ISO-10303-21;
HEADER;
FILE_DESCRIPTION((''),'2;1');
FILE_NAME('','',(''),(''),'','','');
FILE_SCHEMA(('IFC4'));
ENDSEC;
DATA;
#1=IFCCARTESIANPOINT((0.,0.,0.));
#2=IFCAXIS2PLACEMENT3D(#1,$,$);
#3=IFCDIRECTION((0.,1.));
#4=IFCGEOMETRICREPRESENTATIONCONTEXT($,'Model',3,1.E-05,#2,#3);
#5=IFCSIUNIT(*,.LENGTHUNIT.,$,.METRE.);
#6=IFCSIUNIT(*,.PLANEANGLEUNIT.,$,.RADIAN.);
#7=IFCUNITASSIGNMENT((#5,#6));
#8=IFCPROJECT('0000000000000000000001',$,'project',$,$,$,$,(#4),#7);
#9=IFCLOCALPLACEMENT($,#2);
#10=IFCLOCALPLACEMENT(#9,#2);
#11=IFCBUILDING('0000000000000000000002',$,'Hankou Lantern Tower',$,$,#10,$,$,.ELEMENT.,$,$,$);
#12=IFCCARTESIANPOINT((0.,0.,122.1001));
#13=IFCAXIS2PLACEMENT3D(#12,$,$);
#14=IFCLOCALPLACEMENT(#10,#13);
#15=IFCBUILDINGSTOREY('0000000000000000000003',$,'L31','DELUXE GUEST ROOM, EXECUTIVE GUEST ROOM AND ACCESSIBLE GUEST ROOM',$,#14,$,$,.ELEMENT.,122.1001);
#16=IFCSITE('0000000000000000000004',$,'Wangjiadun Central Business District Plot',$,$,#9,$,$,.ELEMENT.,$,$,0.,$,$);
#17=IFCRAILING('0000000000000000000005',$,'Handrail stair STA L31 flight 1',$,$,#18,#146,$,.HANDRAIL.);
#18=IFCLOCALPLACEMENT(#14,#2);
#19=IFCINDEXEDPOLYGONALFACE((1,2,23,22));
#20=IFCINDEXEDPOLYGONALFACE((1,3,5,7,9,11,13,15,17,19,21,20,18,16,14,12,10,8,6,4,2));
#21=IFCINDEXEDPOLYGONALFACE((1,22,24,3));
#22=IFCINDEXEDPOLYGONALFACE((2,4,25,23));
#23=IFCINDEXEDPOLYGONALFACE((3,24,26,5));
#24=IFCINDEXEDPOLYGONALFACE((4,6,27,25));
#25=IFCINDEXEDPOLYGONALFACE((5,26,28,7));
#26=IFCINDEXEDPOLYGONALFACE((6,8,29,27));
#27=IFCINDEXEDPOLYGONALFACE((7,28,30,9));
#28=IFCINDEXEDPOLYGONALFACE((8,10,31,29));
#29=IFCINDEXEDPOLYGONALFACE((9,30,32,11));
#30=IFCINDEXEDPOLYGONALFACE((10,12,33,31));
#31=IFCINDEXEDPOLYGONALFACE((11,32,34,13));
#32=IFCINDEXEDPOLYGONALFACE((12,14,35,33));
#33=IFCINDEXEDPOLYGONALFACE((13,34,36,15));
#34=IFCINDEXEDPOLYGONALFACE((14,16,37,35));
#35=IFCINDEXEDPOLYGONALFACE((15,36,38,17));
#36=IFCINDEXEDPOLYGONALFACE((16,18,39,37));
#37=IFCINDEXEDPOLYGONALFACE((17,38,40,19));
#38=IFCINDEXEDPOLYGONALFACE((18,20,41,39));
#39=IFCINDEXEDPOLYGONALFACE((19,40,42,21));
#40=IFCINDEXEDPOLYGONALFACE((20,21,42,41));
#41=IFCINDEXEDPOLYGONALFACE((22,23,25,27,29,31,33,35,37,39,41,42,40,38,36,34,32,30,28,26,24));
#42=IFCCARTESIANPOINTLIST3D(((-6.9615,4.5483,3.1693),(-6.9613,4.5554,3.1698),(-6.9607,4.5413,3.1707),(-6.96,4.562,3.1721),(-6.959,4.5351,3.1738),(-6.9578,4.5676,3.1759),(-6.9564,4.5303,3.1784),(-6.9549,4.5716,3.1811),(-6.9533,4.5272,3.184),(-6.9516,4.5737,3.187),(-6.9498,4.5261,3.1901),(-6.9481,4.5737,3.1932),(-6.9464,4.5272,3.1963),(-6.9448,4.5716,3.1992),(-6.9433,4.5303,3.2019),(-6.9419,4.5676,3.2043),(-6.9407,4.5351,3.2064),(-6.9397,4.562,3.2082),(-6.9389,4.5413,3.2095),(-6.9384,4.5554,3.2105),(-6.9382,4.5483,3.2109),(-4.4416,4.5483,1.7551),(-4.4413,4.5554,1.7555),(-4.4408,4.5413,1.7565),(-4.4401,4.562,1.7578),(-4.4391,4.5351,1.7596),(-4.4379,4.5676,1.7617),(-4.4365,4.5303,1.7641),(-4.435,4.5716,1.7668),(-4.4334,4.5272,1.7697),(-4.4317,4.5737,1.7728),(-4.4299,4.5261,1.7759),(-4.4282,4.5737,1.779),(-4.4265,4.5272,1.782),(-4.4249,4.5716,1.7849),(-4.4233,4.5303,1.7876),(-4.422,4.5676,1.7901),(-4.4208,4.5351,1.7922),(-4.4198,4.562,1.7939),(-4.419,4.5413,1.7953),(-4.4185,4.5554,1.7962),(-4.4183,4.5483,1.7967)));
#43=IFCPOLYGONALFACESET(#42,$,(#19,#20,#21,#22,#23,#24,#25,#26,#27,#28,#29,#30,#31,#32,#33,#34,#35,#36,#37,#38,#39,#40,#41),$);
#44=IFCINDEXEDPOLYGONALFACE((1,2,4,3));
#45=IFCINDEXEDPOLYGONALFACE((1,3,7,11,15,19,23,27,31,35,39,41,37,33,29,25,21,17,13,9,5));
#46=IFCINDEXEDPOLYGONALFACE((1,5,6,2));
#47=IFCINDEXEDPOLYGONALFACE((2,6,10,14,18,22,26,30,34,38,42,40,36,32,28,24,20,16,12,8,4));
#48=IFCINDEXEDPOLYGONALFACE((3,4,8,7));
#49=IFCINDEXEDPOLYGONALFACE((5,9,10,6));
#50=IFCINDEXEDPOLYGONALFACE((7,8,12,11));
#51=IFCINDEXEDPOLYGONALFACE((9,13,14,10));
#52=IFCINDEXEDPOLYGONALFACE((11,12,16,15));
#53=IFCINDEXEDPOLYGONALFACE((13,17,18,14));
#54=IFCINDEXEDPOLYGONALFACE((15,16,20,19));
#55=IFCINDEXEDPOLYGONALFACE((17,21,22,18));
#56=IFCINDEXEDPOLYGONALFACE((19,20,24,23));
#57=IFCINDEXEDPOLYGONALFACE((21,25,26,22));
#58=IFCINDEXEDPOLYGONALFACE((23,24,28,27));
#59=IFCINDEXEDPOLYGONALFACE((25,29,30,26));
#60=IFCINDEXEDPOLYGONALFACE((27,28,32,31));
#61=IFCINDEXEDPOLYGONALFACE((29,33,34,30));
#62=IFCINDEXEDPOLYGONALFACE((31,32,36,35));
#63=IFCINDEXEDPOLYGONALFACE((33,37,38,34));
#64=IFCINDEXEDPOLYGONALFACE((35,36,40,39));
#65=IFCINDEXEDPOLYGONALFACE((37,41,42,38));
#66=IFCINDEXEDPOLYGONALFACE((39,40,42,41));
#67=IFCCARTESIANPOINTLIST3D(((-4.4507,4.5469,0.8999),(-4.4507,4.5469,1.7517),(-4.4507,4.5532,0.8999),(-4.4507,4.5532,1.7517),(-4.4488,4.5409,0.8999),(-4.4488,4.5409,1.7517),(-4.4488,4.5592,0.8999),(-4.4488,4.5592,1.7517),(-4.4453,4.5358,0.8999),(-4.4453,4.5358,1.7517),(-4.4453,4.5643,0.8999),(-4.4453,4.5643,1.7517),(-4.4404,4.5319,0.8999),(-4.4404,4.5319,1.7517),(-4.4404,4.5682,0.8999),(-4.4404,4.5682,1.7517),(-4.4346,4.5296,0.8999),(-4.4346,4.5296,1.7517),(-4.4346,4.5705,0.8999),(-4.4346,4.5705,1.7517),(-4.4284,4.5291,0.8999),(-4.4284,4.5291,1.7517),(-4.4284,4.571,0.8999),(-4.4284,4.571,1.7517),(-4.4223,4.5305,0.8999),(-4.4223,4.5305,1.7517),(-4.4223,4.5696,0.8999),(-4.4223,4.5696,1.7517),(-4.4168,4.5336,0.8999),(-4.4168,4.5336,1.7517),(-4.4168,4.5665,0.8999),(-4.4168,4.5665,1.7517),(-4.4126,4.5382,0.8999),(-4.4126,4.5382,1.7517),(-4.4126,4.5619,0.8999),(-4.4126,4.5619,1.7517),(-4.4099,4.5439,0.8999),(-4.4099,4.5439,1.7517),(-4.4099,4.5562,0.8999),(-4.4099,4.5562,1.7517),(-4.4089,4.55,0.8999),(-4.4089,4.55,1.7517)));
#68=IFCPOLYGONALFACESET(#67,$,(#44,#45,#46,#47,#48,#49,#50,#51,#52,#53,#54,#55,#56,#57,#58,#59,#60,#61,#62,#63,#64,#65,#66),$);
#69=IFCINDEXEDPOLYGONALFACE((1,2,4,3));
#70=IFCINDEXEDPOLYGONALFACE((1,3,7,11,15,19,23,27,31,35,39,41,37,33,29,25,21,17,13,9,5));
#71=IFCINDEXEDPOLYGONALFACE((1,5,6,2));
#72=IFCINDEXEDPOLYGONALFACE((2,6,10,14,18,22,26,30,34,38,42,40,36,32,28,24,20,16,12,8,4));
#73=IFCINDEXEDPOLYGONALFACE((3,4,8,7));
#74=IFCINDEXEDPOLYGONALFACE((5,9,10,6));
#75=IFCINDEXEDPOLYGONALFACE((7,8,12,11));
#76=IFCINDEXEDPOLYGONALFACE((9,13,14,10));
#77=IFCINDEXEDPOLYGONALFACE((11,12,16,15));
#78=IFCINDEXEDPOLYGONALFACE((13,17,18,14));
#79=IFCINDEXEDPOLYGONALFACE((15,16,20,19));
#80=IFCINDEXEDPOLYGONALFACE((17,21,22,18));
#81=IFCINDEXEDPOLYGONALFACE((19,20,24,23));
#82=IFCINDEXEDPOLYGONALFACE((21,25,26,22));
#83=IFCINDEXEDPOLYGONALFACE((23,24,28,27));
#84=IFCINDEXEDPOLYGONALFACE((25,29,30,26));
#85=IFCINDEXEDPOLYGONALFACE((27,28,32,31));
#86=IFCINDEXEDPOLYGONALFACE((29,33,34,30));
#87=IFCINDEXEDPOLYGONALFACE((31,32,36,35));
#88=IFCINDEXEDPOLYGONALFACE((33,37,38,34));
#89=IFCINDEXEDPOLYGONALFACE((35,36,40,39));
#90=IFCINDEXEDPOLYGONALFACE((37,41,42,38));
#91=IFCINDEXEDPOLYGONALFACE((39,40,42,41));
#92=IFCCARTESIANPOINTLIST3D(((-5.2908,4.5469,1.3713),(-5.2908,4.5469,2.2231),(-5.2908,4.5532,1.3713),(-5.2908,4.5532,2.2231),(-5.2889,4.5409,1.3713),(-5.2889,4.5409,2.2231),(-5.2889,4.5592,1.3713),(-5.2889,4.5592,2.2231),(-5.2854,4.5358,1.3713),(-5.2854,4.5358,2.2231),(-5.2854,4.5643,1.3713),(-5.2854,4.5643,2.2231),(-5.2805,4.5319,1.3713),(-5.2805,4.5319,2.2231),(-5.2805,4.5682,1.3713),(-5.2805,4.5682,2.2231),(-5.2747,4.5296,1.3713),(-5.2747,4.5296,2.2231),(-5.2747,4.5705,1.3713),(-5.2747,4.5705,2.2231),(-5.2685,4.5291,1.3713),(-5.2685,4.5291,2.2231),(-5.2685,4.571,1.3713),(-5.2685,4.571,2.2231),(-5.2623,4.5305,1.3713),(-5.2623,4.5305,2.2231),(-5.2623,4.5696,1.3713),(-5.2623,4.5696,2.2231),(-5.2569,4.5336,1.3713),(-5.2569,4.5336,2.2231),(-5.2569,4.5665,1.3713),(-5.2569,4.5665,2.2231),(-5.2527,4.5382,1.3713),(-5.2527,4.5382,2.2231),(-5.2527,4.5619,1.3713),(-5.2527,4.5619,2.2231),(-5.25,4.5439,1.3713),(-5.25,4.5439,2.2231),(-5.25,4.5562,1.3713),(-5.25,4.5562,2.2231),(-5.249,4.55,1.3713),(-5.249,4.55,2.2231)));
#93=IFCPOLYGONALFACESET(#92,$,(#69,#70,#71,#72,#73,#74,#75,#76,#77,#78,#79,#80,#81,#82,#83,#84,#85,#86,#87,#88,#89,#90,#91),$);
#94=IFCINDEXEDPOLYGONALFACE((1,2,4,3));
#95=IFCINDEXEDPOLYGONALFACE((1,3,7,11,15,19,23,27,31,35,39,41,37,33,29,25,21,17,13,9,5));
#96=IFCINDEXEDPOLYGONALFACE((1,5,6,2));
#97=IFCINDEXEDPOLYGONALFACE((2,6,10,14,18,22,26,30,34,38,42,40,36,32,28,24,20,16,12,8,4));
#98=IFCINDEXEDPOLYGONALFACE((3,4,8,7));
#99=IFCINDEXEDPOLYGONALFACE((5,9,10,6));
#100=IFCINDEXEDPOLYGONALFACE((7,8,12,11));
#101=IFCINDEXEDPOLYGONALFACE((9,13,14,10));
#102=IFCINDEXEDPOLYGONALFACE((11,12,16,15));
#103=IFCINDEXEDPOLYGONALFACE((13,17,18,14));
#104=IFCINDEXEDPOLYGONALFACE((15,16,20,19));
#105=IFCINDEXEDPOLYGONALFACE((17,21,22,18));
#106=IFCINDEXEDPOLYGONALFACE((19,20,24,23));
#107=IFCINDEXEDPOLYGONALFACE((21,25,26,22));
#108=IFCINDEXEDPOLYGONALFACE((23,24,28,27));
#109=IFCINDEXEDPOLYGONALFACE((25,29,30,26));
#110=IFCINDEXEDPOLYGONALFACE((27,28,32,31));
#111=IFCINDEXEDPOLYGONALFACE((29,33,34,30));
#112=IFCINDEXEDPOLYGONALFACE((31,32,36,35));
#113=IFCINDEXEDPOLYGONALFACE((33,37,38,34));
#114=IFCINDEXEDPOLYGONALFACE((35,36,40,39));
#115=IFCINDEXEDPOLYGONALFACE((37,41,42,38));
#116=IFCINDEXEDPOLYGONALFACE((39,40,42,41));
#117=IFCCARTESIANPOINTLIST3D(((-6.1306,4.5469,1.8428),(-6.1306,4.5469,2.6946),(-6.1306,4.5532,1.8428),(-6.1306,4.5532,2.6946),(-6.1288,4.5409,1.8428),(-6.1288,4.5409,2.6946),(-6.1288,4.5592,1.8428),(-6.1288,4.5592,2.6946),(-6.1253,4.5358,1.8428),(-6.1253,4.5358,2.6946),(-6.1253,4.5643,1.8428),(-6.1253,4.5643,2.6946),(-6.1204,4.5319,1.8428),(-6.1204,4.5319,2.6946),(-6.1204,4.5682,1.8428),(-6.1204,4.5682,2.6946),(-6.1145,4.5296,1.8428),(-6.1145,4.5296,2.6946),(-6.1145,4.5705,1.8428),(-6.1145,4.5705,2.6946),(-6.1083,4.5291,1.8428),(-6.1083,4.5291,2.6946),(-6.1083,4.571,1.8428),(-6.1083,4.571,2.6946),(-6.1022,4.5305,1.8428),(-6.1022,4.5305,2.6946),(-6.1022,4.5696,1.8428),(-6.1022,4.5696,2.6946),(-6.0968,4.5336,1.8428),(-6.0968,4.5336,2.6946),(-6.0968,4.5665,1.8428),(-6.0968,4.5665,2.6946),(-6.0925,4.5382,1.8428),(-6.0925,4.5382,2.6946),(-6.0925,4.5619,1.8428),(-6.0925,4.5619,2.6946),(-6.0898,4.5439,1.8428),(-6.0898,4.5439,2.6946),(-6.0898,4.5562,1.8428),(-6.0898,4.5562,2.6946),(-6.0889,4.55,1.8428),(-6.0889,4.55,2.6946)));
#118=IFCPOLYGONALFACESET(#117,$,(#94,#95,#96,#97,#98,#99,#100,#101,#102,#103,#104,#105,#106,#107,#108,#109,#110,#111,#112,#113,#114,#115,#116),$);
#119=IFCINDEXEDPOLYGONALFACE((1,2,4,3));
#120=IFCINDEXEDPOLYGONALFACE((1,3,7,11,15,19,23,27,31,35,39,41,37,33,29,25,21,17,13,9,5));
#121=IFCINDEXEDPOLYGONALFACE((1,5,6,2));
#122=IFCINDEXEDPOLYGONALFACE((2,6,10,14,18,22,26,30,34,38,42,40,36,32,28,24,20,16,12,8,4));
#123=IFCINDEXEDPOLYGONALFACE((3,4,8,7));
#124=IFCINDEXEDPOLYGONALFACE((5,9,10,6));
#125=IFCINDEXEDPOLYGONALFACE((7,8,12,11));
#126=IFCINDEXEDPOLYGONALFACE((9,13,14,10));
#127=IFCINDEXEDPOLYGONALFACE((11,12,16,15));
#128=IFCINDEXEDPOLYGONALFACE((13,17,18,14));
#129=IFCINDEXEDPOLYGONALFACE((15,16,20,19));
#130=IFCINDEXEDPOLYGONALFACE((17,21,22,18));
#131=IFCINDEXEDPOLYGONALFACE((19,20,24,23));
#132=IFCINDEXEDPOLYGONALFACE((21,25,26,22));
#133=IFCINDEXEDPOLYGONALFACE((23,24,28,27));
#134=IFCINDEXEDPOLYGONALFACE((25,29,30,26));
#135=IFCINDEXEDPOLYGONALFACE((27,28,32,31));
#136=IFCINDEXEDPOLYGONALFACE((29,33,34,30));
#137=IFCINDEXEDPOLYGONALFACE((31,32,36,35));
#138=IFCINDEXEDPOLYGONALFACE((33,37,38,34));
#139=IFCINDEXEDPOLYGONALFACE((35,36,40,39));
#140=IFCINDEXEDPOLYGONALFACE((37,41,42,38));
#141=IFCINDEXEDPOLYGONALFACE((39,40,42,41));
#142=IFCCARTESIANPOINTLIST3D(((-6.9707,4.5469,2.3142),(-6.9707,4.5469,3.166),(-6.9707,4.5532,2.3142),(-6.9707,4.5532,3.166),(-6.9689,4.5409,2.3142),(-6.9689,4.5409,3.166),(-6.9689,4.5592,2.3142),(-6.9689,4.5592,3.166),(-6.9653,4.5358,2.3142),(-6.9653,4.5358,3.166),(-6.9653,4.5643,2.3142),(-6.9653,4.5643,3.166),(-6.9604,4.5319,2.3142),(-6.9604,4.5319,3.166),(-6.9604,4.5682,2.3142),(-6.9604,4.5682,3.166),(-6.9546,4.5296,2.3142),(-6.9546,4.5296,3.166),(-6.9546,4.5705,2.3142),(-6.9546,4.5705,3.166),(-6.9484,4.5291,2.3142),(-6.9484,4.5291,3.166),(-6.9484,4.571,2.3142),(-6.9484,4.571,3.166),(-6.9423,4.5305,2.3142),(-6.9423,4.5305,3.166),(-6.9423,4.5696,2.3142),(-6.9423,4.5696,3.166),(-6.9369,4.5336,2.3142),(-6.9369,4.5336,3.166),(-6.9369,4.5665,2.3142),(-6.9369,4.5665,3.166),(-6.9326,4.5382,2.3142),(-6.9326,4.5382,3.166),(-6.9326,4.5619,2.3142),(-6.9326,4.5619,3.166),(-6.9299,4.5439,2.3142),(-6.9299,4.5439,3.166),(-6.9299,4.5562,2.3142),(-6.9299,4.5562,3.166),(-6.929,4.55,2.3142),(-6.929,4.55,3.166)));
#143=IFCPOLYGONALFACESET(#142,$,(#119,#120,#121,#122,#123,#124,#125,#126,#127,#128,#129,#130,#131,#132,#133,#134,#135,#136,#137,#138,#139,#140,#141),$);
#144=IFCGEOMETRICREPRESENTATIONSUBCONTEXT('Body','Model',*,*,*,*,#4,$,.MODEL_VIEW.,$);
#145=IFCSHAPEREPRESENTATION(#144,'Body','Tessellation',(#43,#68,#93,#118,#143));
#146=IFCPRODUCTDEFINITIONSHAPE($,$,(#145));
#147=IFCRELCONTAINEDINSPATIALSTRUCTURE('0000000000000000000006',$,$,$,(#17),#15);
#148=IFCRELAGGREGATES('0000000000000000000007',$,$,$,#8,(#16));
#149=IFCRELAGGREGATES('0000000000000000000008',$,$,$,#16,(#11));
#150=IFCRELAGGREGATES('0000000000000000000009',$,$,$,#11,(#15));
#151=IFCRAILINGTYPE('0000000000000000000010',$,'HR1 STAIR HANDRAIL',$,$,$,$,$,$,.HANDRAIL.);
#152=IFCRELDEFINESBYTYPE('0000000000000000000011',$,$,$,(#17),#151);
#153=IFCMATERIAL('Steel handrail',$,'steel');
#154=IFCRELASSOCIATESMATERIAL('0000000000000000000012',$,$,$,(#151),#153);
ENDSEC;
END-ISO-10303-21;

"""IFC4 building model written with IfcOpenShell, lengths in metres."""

from ifc_helpers import new_model, si_unit, direction, frame, origin, origin_2d, place, context, subcontext, project, spatial, circle, extrude, material, type_object, element, save


model = new_model("IFC4")

# Units and contexts
model_context = context("Model", 3, precision=1e-05, world=origin(), true_north=direction((0.0, 1.0)))
body_context = subcontext(model_context, "Body", "Model", "MODEL_VIEW")
ifc_project = project(units=[si_unit("LENGTHUNIT", "METRE"), si_unit("PLANEANGLEUNIT", "RADIAN")], contexts=[model_context])

# Site, building, storey
site_placement = place(None, origin())
site = spatial("IfcSite", under=ifc_project, at=site_placement, Name="Wangjiadun Central Business District Plot", CompositionType="ELEMENT", RefElevation=0.0)
building_placement = place(site_placement, origin())
building = spatial("IfcBuilding", under=site, at=building_placement, Name="Hankou Lantern Tower", CompositionType="ELEMENT")
storey_placement = place(building_placement, frame((0.0, 0.0, 122.1001)))
storey = spatial("IfcBuildingStorey", under=building, at=storey_placement, Name="L31", Description="DELUXE GUEST ROOM, EXECUTIVE GUEST ROOM AND ACCESSIBLE GUEST ROOM", CompositionType="ELEMENT", Elevation=122.1001)

# Railing
ifc_material_1 = material(Name="Steel handrail", Category="steel")
railing_type = type_object("IfcRailingType", Name="HR1 STAIR HANDRAIL", PredefinedType="HANDRAIL", material=ifc_material_1)
railing_1_placement = place(storey_placement, frame((-4.4299, 4.55, 0.8999)))
element("IfcRailing", 1, at=railing_1_placement, inside=storey, type_object=railing_type, Name="Handrail stair STA L31 flight 1", PredefinedType="HANDRAIL", context=body_context, shape_type="SweptSolid", body=[
    extrude(circle(Radius=0.0239, at=origin_2d()), frame((0.0, 0.0, 0.876), z_axis=(-0.872049, 0.0, 0.489419), x_axis=(0.0, -1.0, 0.0)), (0.0, 0.0, 1.0), 2.8896),
    extrude(circle(Radius=0.021, at=origin_2d()), origin(), (0.0, 0.0, 1.0), 0.8518),
    extrude(circle(Radius=0.021, at=origin_2d()), frame((-0.8401, 0.0, 0.4714)), (0.0, 0.0, 1.0), 0.8518),
    extrude(circle(Radius=0.021, at=origin_2d()), frame((-1.6799, 0.0, 0.9429)), (0.0, 0.0, 1.0), 0.8518),
    extrude(circle(Radius=0.021, at=origin_2d()), frame((-2.52, 0.0, 1.4143)), (0.0, 0.0, 1.0), 0.8518),
])

save(model, "model.ifc")
